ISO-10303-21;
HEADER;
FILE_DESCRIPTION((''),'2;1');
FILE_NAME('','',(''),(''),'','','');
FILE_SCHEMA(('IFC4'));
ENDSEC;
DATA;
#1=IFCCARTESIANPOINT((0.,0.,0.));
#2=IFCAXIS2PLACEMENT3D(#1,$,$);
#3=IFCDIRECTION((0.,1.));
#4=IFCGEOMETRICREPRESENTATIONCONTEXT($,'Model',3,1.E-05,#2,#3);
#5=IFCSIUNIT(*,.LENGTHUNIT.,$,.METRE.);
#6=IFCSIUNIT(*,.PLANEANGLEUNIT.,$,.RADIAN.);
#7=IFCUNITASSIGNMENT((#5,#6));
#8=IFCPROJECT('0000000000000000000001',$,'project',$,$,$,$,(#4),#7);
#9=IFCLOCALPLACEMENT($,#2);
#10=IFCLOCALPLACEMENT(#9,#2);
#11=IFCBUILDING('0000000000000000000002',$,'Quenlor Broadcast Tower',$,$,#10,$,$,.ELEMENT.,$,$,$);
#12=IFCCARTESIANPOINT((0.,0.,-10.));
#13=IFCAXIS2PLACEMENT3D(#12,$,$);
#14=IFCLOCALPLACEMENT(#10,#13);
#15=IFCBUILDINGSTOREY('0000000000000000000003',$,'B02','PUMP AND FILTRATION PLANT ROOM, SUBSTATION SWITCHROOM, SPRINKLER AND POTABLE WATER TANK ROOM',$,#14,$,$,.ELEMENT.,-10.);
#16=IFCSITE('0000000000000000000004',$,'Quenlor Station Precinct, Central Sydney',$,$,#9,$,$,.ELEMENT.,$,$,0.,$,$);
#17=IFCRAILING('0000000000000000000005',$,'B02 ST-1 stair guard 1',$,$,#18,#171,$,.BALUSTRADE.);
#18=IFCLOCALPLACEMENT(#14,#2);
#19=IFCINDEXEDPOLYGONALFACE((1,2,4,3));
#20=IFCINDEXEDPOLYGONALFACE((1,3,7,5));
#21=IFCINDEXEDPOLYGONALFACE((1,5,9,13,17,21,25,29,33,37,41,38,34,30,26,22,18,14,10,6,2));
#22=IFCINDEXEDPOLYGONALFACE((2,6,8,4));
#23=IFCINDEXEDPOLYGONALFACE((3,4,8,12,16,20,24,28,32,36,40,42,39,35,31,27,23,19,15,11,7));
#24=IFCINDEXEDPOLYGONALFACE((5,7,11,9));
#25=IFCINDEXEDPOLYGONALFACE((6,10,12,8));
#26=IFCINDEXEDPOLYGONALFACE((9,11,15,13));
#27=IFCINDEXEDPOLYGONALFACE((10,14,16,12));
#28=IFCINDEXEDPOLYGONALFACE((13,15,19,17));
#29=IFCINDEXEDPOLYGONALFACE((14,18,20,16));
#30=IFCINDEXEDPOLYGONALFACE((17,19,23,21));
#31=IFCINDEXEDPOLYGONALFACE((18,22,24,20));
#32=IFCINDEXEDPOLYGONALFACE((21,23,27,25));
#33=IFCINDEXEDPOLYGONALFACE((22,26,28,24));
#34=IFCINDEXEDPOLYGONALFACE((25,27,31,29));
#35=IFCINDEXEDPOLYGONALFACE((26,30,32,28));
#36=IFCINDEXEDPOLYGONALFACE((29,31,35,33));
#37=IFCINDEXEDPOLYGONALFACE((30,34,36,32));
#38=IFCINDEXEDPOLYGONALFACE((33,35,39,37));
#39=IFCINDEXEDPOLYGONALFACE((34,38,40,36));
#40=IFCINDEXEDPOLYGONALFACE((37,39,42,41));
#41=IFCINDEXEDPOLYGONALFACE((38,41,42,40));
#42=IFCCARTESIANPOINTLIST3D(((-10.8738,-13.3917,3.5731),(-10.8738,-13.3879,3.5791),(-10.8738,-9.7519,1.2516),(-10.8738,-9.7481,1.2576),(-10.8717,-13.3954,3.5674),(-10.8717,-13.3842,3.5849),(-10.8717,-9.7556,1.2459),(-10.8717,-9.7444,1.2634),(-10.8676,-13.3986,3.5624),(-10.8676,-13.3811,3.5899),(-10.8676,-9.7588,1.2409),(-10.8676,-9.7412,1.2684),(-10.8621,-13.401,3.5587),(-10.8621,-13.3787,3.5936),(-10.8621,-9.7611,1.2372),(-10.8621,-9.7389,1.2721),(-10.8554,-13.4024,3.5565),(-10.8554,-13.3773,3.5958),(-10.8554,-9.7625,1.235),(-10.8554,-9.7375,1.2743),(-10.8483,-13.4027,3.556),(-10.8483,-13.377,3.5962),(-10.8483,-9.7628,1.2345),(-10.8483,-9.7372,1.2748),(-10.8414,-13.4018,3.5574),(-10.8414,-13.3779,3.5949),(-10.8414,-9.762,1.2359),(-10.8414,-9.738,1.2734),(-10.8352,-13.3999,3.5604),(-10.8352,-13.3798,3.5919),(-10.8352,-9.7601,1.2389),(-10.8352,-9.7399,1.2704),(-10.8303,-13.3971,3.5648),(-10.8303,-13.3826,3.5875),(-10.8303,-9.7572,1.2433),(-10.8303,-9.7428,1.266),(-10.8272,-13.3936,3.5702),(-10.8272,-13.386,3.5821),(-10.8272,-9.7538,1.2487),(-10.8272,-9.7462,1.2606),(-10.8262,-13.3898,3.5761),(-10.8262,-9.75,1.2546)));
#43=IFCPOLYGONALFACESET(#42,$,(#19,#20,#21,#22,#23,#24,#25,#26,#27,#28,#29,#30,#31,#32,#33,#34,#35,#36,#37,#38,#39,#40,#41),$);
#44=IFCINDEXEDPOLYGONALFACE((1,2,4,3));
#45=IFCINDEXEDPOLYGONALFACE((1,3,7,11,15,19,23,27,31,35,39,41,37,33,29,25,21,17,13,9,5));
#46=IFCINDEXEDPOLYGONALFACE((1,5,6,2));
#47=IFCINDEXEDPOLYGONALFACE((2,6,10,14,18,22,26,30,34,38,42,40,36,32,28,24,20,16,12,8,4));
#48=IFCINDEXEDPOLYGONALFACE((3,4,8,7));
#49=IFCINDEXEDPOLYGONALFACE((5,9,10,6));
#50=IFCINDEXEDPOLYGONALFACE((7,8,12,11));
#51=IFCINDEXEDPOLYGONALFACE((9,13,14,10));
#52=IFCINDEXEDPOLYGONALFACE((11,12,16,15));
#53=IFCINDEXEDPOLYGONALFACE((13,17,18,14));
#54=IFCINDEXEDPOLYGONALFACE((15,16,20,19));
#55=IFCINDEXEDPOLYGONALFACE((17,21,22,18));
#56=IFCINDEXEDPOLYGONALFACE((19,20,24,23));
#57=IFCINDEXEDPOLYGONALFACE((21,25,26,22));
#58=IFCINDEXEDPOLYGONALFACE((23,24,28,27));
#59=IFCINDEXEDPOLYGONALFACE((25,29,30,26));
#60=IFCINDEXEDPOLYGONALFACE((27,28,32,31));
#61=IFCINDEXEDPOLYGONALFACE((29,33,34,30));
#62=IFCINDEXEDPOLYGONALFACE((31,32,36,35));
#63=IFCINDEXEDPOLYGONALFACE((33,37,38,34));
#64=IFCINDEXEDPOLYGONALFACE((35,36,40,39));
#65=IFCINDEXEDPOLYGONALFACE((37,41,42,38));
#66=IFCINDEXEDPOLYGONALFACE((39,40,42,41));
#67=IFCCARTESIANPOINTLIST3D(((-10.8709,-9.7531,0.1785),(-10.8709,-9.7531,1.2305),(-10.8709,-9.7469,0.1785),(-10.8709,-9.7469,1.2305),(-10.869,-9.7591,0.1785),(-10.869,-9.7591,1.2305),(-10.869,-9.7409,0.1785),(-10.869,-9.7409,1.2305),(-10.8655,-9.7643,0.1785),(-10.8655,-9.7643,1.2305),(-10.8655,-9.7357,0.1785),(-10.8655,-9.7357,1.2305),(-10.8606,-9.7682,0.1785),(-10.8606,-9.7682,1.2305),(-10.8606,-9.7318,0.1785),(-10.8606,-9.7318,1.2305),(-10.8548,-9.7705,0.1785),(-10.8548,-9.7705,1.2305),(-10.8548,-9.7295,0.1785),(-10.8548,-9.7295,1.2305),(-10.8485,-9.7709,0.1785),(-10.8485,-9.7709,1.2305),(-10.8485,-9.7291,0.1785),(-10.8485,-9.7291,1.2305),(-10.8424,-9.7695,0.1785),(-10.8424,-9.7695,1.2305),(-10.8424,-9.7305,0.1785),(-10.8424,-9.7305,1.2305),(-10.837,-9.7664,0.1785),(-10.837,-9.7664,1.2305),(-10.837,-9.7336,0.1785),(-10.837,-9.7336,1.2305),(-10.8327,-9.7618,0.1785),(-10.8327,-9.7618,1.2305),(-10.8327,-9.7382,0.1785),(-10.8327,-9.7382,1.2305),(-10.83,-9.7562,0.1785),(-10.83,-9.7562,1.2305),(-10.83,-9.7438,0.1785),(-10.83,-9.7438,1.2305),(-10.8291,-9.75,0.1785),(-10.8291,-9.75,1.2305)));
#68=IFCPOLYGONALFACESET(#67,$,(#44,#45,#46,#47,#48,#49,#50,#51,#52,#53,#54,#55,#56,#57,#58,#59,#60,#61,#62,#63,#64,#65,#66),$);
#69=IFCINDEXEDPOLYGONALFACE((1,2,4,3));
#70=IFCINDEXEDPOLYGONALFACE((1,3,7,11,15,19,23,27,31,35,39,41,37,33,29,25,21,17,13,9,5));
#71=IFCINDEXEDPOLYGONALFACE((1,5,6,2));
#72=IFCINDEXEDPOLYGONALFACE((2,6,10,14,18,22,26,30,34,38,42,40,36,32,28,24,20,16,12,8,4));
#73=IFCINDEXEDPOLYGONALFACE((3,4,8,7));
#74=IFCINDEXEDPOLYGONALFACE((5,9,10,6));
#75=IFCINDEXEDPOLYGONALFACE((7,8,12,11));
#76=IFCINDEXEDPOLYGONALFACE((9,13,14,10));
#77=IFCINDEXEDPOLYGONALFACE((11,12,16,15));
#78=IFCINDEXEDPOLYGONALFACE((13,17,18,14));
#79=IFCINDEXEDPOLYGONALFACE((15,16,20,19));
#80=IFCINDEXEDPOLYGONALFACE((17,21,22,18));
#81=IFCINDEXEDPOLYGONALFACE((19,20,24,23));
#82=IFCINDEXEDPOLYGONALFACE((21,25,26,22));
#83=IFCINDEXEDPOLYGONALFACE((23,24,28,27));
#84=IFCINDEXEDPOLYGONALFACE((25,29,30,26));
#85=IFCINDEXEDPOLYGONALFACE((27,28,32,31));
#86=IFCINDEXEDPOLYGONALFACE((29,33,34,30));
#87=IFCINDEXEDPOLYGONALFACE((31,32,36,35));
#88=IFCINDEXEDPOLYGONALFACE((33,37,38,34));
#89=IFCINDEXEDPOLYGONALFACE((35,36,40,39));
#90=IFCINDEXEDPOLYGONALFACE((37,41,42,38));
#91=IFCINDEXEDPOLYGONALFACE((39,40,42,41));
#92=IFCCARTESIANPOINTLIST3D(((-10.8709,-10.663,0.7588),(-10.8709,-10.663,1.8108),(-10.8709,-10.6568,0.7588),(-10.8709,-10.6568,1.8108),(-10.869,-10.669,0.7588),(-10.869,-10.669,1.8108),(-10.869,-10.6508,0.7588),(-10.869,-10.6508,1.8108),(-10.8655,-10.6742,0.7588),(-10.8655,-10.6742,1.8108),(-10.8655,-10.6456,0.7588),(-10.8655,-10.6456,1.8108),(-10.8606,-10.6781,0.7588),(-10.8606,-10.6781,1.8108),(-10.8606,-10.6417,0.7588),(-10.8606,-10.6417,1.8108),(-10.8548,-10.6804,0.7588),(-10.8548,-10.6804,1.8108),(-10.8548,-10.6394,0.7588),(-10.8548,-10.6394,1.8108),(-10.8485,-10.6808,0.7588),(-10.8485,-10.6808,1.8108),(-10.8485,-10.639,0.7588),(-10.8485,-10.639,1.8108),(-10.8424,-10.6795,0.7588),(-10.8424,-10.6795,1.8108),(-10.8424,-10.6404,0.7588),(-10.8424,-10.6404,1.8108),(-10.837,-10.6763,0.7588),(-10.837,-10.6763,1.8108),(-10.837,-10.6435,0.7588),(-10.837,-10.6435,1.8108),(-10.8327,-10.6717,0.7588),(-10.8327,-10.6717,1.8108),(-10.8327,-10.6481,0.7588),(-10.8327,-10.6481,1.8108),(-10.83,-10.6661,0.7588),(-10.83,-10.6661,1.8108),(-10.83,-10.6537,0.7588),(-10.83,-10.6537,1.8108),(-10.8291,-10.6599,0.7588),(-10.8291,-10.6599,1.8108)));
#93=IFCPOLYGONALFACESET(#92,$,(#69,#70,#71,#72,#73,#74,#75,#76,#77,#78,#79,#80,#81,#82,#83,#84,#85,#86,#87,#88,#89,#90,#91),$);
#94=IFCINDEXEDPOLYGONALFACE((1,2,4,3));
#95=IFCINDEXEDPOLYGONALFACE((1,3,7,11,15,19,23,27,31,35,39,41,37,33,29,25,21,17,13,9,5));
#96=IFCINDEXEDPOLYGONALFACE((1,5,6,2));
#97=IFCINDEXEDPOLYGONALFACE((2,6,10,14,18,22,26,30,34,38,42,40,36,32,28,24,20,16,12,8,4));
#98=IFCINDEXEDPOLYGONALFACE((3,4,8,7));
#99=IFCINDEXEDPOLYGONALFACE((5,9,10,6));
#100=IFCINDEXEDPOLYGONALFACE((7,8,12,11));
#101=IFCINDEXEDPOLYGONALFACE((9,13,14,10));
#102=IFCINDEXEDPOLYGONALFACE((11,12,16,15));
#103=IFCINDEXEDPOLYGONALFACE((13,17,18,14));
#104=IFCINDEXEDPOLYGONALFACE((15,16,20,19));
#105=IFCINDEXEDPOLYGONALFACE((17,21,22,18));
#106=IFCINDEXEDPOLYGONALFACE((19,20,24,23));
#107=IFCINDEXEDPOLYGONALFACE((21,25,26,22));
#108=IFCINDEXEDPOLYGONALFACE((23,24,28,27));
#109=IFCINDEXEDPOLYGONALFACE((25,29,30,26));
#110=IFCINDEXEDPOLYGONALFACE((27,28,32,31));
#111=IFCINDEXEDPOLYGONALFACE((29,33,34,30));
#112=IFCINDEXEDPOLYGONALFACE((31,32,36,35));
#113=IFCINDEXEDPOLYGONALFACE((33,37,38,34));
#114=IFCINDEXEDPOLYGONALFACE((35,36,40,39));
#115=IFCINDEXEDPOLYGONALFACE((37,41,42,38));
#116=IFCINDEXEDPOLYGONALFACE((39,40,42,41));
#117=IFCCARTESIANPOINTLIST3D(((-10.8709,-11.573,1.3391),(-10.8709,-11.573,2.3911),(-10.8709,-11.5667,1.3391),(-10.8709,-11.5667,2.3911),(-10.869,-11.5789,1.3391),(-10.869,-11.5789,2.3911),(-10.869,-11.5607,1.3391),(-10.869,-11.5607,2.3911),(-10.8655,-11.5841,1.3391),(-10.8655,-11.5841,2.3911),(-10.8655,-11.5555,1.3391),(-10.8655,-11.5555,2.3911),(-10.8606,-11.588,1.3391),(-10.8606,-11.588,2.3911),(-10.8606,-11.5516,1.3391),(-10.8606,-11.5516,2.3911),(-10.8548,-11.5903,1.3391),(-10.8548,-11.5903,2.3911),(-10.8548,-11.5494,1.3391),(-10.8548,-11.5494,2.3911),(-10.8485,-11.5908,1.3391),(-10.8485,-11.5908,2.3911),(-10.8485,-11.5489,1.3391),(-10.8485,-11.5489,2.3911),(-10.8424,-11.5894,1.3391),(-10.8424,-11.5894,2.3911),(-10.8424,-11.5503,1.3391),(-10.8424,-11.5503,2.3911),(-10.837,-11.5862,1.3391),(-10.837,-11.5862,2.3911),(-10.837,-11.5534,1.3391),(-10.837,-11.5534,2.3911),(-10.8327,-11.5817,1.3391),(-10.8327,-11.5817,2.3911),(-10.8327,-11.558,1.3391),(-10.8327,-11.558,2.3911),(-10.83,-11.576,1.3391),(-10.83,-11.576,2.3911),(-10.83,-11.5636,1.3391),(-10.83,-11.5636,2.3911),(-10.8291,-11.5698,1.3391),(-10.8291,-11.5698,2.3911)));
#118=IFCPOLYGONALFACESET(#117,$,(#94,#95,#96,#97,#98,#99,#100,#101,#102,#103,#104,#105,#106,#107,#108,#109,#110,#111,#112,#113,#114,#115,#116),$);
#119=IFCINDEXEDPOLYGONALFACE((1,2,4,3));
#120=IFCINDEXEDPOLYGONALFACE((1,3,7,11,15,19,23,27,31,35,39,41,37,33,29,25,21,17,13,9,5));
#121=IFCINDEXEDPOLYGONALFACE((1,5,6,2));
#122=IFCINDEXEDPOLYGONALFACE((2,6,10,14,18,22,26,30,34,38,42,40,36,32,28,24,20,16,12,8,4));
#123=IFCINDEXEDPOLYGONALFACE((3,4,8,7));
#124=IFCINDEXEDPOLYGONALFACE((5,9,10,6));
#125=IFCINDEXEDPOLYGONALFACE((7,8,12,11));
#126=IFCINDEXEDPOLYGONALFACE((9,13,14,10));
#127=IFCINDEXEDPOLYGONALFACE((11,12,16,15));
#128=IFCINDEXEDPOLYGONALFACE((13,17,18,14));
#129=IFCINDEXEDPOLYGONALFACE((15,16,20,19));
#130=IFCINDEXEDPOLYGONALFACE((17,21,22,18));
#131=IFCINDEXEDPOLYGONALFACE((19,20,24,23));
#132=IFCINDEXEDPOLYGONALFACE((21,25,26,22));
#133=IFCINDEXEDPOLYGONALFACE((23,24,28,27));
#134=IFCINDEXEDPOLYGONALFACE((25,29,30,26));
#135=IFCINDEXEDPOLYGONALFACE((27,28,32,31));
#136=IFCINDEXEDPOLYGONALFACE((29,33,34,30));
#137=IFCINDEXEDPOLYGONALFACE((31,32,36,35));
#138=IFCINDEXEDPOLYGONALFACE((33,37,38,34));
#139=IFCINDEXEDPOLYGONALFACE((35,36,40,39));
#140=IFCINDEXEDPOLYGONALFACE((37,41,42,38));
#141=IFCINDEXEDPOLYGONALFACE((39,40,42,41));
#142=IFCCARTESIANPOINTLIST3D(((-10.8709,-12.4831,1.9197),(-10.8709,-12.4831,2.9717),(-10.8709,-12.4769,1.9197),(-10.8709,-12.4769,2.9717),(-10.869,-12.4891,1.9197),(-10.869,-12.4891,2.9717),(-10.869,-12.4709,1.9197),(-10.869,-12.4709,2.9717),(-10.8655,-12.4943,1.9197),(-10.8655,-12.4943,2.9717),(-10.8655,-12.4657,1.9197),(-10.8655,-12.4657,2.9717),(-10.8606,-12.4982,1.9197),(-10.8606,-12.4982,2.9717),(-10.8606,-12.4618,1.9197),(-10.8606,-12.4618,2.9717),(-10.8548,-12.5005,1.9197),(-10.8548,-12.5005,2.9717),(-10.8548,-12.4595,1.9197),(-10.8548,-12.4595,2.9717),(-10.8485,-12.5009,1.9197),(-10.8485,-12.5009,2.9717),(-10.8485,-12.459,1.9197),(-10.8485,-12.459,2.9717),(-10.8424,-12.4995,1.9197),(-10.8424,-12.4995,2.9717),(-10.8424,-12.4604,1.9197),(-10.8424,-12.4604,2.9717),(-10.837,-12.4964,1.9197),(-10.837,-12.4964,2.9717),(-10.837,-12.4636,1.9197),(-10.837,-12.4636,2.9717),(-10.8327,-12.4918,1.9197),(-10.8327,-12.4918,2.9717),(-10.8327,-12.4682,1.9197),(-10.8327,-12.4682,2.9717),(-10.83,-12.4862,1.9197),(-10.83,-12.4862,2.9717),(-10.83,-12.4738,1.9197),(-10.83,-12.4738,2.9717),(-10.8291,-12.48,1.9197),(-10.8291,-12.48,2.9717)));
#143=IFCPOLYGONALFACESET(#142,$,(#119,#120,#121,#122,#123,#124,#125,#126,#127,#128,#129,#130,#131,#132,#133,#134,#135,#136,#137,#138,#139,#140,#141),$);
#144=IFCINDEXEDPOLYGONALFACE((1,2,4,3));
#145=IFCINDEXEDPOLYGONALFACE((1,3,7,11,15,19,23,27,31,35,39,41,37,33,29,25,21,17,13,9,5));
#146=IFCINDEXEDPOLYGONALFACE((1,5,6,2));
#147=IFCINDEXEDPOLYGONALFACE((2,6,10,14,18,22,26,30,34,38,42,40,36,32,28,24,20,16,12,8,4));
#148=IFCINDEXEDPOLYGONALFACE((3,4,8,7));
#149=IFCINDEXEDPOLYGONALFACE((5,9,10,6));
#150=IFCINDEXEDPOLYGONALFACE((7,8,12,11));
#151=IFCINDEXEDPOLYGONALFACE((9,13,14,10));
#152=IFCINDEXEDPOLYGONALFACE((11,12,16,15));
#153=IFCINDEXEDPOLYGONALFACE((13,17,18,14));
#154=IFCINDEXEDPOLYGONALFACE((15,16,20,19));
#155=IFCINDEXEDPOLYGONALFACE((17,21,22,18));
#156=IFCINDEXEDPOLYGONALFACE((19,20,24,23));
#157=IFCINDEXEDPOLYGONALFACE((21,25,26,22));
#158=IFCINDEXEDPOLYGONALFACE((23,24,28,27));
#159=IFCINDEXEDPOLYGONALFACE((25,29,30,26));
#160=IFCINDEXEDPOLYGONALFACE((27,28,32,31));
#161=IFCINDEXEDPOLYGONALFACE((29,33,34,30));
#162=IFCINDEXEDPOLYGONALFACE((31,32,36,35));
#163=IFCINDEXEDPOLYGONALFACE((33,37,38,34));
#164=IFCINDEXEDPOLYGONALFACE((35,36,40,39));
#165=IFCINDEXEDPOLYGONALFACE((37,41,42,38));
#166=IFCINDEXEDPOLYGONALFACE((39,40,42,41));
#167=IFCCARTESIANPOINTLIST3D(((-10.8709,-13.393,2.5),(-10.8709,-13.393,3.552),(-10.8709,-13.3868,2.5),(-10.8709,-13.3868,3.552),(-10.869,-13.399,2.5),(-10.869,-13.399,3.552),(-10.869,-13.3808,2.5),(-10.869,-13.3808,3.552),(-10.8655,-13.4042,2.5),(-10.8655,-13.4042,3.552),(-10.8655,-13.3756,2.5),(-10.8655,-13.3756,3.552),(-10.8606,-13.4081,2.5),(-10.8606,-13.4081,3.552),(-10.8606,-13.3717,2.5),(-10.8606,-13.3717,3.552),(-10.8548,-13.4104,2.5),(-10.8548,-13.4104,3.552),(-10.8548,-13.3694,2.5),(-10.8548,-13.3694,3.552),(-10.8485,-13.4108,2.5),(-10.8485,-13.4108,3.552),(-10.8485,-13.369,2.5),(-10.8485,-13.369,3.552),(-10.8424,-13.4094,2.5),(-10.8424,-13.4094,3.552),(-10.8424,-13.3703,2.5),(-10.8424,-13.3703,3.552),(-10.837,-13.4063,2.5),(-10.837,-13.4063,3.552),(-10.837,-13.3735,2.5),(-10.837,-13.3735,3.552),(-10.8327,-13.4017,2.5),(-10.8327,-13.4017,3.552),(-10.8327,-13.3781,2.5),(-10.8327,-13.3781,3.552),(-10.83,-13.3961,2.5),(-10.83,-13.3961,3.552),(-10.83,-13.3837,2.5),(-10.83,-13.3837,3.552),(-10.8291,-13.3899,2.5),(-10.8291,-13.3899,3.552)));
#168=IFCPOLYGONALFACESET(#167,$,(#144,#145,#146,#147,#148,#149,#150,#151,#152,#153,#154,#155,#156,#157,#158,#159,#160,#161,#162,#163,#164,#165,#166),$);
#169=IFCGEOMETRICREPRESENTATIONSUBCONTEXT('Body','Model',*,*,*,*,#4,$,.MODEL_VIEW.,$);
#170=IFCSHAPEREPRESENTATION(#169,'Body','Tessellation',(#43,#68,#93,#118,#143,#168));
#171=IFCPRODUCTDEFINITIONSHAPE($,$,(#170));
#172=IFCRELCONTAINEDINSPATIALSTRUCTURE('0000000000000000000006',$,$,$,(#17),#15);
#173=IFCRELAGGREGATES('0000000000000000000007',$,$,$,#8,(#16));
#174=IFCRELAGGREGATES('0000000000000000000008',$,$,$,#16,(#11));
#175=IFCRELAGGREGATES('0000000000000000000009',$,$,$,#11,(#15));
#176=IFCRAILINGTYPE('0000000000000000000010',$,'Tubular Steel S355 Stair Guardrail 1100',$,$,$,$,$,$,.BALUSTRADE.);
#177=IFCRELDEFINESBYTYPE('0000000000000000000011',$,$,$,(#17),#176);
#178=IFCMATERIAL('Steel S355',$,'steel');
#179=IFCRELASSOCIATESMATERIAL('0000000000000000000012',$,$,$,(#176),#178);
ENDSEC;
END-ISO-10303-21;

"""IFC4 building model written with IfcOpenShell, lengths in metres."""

from ifc_helpers import new_model, si_unit, direction, frame, origin, origin_2d, place, context, subcontext, project, spatial, circle, extrude, material, type_object, element, save


model = new_model("IFC4")

# Units and contexts
model_context = context("Model", 3, precision=1e-05, world=origin(), true_north=direction((0.0, 1.0)))
body_context = subcontext(model_context, "Body", "Model", "MODEL_VIEW")
ifc_project = project(units=[si_unit("LENGTHUNIT", "METRE"), si_unit("PLANEANGLEUNIT", "RADIAN")], contexts=[model_context])

# Site, building, storey
site_placement = place(None, origin())
site = spatial("IfcSite", under=ifc_project, at=site_placement, Name="Quenlor Station Precinct, Central Sydney", CompositionType="ELEMENT", RefElevation=0.0)
building_placement = place(site_placement, origin())
building = spatial("IfcBuilding", under=site, at=building_placement, Name="Quenlor Broadcast Tower", CompositionType="ELEMENT")
storey_placement = place(building_placement, frame((0.0, 0.0, -10.0)))
storey = spatial("IfcBuildingStorey", under=building, at=storey_placement, Name="B02", Description="PUMP AND FILTRATION PLANT ROOM, SUBSTATION SWITCHROOM, SPRINKLER AND POTABLE WATER TANK ROOM", CompositionType="ELEMENT", Elevation=-10.0)

# Railing
ifc_material_1 = material(Name="Steel S355", Category="steel")
railing_type_1 = type_object("IfcRailingType", Name="Tubular Steel S355 Stair Guardrail 1100", PredefinedType="BALUSTRADE", material=ifc_material_1)
railing_1_placement = place(storey_placement, frame((-10.8501, -9.75, 0.1785)))
element("IfcRailing", 1, at=railing_1_placement, inside=storey, type_object=railing_type_1, Name="B02 ST-1 stair guard 1", PredefinedType="BALUSTRADE", context=body_context, shape_type="SweptSolid", body=[
    extrude(circle(Radius=0.0239, at=origin_2d()), frame((0.0, 0.0, 1.0762), z_axis=(0.0, -0.843112, 0.537739), x_axis=(1.0, 0.0, 0.0)), (0.0, 0.0, 1.0), 4.3171),
    extrude(circle(Radius=0.021, at=origin_2d()), origin(), (0.0, 0.0, 1.0), 1.052),
    extrude(circle(Radius=0.021, at=origin_2d()), frame((0.0, -0.9099, 0.5803)), (0.0, 0.0, 1.0), 1.052),
    extrude(circle(Radius=0.021, at=origin_2d()), frame((0.0, -1.8198, 1.1606)), (0.0, 0.0, 1.0), 1.052),
    extrude(circle(Radius=0.021, at=origin_2d()), frame((0.0, -2.73, 1.7412)), (0.0, 0.0, 1.0), 1.052),
    extrude(circle(Radius=0.021, at=origin_2d()), frame((0.0, -3.6399, 2.3215)), (0.0, 0.0, 1.0), 1.052),
])

save(model, "model.ifc")
